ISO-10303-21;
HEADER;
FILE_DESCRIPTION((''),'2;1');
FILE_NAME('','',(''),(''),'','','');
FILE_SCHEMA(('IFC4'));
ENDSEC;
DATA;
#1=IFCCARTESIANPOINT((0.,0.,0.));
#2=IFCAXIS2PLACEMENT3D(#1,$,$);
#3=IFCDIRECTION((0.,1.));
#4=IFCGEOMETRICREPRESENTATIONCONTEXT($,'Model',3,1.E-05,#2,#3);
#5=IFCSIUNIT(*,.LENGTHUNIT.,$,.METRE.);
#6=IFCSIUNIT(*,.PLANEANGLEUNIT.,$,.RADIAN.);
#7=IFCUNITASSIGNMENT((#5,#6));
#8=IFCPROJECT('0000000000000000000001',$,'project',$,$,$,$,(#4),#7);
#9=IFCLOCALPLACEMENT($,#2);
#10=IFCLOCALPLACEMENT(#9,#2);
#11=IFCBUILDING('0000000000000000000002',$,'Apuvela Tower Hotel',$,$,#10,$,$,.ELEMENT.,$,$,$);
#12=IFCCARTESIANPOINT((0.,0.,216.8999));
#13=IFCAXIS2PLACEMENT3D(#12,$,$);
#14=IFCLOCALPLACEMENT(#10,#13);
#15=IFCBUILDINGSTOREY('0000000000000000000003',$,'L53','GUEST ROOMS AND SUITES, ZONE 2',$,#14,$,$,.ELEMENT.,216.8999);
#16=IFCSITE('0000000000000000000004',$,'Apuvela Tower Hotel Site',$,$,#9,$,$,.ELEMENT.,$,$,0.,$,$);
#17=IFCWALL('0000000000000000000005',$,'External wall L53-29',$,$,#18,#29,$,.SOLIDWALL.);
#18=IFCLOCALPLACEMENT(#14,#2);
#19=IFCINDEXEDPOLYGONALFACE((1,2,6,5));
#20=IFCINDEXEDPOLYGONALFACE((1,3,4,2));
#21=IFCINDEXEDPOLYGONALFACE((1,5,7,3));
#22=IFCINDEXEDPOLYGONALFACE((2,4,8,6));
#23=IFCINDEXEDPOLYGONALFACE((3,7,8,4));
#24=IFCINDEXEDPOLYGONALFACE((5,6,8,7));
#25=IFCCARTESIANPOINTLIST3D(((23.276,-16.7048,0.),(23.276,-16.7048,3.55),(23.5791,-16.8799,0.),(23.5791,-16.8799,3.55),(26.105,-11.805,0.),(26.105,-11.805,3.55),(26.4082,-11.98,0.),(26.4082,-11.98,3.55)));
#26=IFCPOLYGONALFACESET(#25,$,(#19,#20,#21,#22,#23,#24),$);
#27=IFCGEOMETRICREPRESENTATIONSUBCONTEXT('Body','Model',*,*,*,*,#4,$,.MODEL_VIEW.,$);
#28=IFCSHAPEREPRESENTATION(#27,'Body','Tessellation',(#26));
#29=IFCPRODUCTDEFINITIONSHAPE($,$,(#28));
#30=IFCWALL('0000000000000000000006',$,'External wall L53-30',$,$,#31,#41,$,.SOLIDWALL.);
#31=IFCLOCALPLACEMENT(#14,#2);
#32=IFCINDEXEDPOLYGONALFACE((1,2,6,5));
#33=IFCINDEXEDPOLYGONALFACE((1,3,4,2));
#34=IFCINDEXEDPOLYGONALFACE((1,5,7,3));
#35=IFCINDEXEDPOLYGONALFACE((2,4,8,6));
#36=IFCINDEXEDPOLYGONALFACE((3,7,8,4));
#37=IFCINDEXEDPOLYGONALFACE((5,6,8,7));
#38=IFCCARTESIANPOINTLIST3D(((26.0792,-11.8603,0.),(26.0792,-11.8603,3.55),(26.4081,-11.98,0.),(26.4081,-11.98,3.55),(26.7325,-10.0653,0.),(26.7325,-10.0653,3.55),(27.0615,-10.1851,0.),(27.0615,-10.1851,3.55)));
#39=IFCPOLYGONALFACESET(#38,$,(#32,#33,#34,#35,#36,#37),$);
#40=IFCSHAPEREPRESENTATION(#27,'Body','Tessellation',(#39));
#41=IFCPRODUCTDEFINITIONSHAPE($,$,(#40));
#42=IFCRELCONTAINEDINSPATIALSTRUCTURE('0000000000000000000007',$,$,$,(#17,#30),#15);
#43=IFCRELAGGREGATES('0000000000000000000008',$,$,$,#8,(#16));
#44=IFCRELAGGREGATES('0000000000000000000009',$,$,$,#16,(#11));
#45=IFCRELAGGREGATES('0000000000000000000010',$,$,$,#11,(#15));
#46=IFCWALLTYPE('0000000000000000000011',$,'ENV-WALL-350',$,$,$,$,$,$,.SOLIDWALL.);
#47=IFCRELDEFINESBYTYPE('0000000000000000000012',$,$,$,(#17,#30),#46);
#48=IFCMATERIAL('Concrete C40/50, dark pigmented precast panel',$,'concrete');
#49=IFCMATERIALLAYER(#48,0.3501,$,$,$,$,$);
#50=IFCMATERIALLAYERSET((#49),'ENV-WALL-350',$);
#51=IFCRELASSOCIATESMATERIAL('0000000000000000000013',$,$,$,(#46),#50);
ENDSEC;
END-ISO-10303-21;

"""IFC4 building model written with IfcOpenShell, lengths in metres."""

from ifc_helpers import new_model, si_unit, direction, frame, frame_2d, origin, place, context, subcontext, project, spatial, rectangle, extrude, material, layer, layer_set, type_object, element, save


model = new_model("IFC4")

# Units and contexts
model_context = context("Model", 3, precision=1e-05, world=origin(), true_north=direction((0.0, 1.0)))
body_context = subcontext(model_context, "Body", "Model", "MODEL_VIEW")
ifc_project = project(units=[si_unit("LENGTHUNIT", "METRE"), si_unit("PLANEANGLEUNIT", "RADIAN")], contexts=[model_context])

# Site, building, storey
site_placement = place(None, origin())
site = spatial("IfcSite", under=ifc_project, at=site_placement, Name="Apuvela Tower Hotel Site", CompositionType="ELEMENT", RefElevation=0.0)
building_placement = place(site_placement, origin())
building = spatial("IfcBuilding", under=site, at=building_placement, Name="Apuvela Tower Hotel", CompositionType="ELEMENT")
storey_placement = place(building_placement, frame((0.0, 0.0, 216.8999)))
storey = spatial("IfcBuildingStorey", under=building, at=storey_placement, Name="L53", Description="GUEST ROOMS AND SUITES, ZONE 2", CompositionType="ELEMENT", Elevation=216.8999)

# Shared definitions
ifc_material_1 = material(Name="Concrete C40/50, dark pigmented precast panel", Category="concrete")
ifc_layer_1 = layer(ifc_material_1, 0.3501)
ifc_layer_set_1 = layer_set([ifc_layer_1], Name="ENV-WALL-350")
wall_type_1 = type_object("IfcWallType", Name="ENV-WALL-350", PredefinedType="SOLIDWALL", material=ifc_layer_set_1)

# Walls
wall_1_placement = place(storey_placement, frame((23.4275, -16.7925, 0.0), z_axis=(0.0, 0.0, 1.0), x_axis=(0.500019, 0.866015, 0.0)))
element("IfcWall", 1, at=wall_1_placement, inside=storey, type_object=wall_type_1, Name="External wall L53-29", PredefinedType="SOLIDWALL", context=body_context, shape_type="SweptSolid", body=[
    extrude(rectangle(XDim=5.658, YDim=0.3501, at=frame_2d((2.8291, 0.0))), origin(), (0.0, 0.0, 1.0), 3.55),
])
wall_2_placement = place(storey_placement, frame((26.2437, -11.9202, 0.0), z_axis=(0.0, 0.0, 1.0), x_axis=(0.34203, 0.939689, 0.0)))
element("IfcWall", 2, at=wall_2_placement, inside=storey, type_object=wall_type_1, Name="External wall L53-30", PredefinedType="SOLIDWALL", context=body_context, shape_type="SweptSolid", body=[
    extrude(rectangle(XDim=1.9102, YDim=0.3501, at=frame_2d((0.9551, 0.0))), origin(), (0.0, 0.0, 1.0), 3.55),
])

save(model, "model.ifc")
